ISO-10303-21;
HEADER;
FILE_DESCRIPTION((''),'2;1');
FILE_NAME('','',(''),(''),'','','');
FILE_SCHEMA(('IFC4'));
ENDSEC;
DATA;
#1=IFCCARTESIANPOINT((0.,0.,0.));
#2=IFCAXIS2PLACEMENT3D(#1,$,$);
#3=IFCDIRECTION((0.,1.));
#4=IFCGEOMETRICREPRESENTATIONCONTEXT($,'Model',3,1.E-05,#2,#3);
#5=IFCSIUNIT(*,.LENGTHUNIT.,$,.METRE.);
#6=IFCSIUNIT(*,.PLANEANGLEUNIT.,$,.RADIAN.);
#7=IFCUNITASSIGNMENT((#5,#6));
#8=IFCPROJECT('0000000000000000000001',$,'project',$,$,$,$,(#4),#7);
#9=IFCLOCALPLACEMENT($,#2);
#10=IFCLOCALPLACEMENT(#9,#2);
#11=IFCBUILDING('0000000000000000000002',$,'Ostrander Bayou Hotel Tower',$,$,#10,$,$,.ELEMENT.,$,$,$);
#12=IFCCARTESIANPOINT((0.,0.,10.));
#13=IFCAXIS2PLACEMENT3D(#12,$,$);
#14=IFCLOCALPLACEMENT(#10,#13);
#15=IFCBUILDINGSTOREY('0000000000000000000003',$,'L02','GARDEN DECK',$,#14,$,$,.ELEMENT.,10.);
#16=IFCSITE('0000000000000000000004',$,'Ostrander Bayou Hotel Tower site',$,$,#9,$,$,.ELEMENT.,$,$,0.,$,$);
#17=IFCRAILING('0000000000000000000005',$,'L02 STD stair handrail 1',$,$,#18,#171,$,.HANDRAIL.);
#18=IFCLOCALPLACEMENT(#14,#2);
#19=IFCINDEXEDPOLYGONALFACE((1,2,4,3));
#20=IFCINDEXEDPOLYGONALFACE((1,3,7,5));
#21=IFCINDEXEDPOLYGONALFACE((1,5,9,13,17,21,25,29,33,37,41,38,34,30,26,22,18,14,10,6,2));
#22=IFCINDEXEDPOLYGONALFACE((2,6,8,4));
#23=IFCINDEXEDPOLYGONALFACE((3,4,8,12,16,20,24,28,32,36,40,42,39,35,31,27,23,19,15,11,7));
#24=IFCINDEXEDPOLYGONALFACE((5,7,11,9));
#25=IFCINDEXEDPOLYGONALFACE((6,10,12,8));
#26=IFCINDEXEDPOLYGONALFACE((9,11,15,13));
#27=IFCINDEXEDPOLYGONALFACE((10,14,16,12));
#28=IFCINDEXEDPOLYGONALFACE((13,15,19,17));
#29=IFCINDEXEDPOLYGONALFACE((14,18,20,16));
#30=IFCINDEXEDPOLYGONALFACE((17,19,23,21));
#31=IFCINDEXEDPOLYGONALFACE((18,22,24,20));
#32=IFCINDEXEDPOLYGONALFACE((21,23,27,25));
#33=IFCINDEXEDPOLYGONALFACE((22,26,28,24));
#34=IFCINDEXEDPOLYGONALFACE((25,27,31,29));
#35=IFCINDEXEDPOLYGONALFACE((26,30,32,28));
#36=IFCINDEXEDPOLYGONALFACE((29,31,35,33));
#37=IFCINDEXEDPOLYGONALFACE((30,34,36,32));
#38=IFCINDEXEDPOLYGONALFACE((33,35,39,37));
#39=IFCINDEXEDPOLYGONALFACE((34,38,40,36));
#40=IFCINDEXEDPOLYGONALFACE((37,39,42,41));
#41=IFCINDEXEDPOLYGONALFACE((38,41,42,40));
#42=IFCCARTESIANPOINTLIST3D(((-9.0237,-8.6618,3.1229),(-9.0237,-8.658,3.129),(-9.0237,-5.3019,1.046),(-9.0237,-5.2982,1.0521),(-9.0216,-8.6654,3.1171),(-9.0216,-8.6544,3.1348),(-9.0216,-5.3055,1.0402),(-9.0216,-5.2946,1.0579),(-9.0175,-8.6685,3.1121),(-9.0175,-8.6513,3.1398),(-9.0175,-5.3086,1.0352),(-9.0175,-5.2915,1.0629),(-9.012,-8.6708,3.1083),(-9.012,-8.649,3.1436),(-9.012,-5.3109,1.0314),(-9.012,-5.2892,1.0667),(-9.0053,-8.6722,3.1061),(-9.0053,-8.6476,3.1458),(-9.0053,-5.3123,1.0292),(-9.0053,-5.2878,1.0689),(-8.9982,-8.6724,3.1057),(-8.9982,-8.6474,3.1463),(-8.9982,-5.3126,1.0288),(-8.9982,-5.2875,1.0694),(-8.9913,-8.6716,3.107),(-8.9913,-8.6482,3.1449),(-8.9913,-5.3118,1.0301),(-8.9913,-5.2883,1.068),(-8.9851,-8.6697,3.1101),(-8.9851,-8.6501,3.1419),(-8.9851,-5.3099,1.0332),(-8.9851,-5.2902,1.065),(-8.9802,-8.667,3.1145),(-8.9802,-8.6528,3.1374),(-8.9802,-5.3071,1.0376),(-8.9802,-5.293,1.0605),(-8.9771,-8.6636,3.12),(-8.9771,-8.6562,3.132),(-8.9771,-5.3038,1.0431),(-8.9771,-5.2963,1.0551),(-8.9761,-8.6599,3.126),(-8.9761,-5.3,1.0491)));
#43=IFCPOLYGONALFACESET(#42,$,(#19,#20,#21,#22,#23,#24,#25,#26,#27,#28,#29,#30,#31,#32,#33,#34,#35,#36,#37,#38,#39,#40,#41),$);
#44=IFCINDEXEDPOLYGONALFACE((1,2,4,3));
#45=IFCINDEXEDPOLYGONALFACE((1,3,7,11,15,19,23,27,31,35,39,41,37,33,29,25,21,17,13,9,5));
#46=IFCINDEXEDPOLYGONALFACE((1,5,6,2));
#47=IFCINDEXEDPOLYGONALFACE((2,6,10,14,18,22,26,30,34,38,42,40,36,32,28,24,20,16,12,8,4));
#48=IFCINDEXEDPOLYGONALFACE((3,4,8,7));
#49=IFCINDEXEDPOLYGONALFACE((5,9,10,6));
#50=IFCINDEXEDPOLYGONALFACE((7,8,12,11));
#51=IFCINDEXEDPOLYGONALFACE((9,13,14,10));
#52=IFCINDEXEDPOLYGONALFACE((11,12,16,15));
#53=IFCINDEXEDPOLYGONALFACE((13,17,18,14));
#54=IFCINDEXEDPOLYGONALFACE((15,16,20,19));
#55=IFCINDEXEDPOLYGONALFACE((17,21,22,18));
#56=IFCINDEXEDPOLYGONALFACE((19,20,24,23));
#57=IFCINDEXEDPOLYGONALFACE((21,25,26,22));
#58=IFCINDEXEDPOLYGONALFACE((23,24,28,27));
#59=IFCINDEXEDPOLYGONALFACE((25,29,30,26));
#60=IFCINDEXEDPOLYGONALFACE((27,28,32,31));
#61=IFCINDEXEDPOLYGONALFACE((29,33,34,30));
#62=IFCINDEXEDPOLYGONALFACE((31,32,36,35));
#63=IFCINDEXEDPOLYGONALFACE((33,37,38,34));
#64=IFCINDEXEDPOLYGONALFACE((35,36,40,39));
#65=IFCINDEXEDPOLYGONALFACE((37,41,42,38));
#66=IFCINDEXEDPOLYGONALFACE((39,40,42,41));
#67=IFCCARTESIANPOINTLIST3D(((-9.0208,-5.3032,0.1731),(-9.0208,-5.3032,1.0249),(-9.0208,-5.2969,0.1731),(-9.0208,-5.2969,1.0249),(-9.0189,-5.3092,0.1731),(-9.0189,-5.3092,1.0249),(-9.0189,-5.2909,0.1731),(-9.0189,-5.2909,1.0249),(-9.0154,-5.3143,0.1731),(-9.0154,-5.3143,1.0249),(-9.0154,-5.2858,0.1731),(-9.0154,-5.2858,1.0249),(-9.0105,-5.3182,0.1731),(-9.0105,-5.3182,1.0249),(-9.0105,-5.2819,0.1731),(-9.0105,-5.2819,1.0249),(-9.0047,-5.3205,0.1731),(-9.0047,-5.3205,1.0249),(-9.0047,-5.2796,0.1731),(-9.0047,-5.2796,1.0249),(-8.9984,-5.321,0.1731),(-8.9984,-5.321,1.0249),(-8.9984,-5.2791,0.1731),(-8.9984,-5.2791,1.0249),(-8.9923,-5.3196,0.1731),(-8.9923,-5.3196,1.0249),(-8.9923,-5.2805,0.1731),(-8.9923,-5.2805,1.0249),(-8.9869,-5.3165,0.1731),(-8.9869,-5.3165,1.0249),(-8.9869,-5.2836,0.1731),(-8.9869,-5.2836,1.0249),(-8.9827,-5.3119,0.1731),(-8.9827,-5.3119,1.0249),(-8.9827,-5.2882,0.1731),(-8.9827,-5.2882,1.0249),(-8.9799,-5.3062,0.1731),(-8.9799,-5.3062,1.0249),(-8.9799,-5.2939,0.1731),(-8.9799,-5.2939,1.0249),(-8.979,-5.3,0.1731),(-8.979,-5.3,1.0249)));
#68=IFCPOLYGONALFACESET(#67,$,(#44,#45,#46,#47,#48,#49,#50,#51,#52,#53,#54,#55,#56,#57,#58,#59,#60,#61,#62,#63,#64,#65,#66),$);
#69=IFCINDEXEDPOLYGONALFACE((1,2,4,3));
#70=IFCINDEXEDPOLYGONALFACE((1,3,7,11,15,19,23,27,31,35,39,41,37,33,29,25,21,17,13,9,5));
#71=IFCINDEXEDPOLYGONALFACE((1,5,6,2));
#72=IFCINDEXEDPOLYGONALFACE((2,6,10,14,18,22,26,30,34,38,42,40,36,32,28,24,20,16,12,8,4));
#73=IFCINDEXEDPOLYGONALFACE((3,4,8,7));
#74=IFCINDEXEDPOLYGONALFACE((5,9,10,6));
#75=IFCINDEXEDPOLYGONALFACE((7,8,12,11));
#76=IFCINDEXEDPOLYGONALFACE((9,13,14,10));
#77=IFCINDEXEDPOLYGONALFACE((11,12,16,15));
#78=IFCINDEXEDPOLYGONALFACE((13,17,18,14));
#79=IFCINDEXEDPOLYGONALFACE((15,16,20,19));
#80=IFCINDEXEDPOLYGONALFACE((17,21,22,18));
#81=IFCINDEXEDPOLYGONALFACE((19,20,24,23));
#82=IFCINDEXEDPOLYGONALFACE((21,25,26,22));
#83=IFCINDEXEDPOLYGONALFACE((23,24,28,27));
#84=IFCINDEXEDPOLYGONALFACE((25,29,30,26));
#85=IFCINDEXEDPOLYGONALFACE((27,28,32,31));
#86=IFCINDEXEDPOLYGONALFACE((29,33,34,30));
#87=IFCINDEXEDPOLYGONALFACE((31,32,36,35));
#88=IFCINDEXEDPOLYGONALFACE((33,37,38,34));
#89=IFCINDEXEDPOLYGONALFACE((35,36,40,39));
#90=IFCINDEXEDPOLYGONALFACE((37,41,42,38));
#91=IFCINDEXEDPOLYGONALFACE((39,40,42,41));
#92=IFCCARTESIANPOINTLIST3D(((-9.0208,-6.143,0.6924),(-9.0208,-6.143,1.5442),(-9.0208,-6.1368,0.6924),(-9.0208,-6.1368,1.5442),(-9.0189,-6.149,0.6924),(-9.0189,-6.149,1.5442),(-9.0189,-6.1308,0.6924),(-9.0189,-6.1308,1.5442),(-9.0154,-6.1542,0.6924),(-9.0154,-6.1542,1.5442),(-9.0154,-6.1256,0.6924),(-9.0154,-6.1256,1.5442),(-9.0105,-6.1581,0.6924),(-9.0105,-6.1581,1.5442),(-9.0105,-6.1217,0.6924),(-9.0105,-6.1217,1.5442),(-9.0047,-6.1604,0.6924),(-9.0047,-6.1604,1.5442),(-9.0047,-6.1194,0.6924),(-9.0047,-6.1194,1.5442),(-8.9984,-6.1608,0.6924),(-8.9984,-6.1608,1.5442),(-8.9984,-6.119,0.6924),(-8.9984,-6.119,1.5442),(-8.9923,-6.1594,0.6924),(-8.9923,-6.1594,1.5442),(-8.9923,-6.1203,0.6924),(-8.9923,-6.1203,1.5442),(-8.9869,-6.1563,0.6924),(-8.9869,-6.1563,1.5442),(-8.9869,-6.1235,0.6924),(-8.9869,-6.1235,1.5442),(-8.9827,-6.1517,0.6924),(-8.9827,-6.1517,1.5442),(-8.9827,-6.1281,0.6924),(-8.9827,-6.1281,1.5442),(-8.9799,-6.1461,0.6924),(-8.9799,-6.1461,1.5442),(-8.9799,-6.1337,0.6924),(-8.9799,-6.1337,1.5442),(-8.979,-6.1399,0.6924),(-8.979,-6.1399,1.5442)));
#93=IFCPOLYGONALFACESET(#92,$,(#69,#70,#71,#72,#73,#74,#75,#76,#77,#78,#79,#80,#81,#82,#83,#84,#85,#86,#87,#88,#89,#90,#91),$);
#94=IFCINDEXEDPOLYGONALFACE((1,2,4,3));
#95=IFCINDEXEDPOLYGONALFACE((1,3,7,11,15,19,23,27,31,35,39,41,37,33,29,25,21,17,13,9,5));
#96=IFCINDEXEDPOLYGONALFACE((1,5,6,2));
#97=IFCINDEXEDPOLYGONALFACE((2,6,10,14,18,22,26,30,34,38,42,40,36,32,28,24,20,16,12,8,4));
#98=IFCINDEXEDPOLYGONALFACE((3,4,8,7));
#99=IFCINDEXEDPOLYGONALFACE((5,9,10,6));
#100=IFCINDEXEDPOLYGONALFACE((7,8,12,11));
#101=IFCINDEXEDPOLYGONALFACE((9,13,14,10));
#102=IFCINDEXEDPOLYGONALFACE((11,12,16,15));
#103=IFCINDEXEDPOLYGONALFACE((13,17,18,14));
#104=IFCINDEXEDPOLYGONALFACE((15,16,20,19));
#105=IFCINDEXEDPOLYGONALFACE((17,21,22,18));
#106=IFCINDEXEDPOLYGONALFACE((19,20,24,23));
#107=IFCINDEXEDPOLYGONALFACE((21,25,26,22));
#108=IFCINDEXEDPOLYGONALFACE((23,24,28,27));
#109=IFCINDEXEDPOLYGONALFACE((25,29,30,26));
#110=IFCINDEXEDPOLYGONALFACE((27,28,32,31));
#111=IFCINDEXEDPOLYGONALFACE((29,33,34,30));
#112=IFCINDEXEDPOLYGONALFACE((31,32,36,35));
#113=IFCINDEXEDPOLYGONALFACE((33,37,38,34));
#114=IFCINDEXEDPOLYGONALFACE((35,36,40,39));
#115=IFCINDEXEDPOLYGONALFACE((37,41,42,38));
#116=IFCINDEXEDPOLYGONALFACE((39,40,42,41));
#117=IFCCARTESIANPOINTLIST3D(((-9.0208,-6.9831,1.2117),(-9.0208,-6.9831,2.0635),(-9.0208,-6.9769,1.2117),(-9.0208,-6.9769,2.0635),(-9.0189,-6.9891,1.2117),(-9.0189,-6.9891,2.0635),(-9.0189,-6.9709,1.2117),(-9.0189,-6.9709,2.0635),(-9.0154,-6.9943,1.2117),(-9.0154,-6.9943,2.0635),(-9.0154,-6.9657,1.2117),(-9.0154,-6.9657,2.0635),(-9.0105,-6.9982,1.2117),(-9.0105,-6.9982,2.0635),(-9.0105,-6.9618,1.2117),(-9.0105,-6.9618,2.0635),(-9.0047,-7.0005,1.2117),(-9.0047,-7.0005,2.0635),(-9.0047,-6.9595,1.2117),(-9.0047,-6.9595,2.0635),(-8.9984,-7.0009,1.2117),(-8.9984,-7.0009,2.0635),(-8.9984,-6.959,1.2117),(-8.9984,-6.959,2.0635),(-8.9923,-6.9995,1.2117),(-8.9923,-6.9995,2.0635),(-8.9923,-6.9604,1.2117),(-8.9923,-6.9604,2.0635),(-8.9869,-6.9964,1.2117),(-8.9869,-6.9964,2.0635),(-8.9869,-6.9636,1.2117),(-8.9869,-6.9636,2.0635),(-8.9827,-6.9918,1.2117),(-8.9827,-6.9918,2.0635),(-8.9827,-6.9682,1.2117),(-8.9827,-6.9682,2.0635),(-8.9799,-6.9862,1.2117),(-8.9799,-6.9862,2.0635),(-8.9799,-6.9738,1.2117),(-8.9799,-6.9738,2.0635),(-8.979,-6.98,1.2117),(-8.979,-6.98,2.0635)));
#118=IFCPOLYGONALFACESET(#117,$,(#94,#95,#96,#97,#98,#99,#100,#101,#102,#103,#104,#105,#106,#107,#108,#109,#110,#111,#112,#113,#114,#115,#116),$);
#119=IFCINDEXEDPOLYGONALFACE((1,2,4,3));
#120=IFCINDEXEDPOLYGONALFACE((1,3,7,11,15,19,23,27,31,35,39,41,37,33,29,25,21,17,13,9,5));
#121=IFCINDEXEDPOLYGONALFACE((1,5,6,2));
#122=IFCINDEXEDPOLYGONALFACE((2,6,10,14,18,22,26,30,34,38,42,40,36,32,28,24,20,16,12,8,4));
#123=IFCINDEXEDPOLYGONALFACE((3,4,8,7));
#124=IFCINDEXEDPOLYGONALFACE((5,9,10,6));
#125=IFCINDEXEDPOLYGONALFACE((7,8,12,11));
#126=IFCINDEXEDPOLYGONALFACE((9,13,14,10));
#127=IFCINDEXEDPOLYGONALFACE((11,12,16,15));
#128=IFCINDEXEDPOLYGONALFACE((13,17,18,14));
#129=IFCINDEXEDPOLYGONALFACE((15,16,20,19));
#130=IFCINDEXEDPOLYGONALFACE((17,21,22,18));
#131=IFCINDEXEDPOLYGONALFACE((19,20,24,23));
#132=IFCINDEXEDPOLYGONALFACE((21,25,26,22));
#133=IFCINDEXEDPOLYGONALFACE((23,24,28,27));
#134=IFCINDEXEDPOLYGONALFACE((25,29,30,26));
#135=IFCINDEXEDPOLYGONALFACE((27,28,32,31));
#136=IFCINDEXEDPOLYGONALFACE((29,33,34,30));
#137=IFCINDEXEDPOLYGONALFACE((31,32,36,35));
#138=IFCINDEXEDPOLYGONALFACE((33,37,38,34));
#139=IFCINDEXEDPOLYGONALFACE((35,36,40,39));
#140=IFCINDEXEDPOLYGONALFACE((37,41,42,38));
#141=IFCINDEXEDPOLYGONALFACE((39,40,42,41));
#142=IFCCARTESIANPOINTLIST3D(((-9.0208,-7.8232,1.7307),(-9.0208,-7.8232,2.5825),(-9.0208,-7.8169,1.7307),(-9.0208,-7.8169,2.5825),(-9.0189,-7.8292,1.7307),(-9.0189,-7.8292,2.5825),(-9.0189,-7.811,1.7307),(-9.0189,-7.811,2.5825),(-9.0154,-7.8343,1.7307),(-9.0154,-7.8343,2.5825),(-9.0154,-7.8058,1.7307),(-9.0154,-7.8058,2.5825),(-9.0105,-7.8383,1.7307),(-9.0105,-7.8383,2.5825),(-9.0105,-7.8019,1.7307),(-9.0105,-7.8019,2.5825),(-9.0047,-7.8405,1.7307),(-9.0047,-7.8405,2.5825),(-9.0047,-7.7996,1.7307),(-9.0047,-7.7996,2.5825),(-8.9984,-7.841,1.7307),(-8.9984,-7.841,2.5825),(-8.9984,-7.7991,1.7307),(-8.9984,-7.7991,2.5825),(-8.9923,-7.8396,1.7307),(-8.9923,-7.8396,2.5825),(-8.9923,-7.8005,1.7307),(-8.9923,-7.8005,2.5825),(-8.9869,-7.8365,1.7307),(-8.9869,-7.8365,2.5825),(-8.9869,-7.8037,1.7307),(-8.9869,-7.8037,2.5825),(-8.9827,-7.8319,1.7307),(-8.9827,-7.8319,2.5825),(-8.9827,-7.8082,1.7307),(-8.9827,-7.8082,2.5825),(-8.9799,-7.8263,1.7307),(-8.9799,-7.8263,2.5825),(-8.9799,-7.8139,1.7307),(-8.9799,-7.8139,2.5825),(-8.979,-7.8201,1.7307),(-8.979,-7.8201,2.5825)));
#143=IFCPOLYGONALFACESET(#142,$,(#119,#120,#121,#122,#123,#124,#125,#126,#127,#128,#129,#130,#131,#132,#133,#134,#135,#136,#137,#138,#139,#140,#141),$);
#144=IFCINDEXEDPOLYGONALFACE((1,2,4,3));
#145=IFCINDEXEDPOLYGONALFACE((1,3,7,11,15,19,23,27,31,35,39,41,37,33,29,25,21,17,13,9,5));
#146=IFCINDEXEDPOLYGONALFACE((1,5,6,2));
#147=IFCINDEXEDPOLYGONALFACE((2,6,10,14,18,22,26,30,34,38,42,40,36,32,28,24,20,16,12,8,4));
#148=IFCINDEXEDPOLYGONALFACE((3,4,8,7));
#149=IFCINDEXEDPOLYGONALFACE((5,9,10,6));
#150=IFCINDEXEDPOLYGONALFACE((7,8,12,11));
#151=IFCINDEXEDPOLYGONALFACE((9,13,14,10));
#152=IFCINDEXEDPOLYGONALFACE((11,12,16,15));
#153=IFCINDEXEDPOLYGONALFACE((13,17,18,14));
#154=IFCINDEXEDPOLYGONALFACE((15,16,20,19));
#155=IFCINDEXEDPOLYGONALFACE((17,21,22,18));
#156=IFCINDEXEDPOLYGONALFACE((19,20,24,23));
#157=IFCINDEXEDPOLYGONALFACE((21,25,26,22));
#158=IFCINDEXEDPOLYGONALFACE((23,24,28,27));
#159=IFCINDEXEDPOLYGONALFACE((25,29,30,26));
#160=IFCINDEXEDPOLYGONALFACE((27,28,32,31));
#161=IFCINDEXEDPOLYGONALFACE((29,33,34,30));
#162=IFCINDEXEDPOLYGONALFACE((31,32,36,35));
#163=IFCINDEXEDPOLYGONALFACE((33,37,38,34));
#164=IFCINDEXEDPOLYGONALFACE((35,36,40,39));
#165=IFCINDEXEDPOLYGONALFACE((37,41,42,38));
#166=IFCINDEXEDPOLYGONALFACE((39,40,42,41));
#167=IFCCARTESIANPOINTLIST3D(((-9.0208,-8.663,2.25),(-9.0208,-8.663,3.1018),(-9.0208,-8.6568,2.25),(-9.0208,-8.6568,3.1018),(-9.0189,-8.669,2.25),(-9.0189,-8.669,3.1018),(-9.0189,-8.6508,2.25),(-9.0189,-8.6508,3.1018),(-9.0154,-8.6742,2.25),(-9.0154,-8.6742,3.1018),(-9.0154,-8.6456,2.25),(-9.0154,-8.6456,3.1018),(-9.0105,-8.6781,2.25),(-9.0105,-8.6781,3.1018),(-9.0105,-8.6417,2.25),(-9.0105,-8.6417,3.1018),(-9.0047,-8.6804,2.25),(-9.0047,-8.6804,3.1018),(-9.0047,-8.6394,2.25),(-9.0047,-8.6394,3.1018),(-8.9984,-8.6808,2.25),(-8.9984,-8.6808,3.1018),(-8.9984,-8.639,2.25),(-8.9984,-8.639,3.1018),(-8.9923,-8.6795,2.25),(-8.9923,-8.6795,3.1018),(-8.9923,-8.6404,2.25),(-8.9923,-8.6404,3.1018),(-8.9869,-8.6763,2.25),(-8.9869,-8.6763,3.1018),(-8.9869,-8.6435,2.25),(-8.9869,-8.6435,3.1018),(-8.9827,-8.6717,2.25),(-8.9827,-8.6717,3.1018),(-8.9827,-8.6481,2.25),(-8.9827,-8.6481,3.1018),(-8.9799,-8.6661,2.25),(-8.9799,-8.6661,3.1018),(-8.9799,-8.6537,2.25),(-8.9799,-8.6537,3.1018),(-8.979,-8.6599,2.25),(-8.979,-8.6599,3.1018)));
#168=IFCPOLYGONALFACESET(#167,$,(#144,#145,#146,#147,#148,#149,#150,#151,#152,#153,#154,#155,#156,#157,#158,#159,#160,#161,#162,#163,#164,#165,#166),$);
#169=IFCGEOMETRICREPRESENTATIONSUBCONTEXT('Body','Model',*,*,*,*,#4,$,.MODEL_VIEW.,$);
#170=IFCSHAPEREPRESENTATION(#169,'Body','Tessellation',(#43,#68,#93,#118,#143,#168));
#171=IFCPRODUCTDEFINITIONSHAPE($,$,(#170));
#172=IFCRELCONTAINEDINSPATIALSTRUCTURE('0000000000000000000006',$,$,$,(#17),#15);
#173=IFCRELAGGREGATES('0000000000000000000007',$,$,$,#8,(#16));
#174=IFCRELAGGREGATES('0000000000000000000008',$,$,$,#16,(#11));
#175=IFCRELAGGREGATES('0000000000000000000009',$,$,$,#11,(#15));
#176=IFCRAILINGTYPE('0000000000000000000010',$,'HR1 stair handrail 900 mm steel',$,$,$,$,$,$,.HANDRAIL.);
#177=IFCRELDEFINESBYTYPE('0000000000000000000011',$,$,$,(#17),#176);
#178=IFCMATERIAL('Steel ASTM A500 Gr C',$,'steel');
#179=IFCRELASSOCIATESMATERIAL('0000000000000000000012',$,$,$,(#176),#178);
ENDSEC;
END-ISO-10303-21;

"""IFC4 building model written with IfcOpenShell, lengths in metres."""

from ifc_helpers import new_model, si_unit, direction, frame, origin, origin_2d, place, context, subcontext, project, spatial, circle, extrude, material, type_object, element, save


model = new_model("IFC4")

# Units and contexts
model_context = context("Model", 3, precision=1e-05, world=origin(), true_north=direction((0.0, 1.0)))
body_context = subcontext(model_context, "Body", "Model", "MODEL_VIEW")
ifc_project = project(units=[si_unit("LENGTHUNIT", "METRE"), si_unit("PLANEANGLEUNIT", "RADIAN")], contexts=[model_context])

# Site, building, storey
site_placement = place(None, origin())
site = spatial("IfcSite", under=ifc_project, at=site_placement, Name="Ostrander Bayou Hotel Tower site", CompositionType="ELEMENT", RefElevation=0.0)
building_placement = place(site_placement, origin())
building = spatial("IfcBuilding", under=site, at=building_placement, Name="Ostrander Bayou Hotel Tower", CompositionType="ELEMENT")
storey_placement = place(building_placement, frame((0.0, 0.0, 10.0)))
storey = spatial("IfcBuildingStorey", under=building, at=storey_placement, Name="L02", Description="GARDEN DECK", CompositionType="ELEMENT", Elevation=10.0)

# Railing
ifc_material_1 = material(Name="Steel ASTM A500 Gr C", Category="steel")
railing_type_1 = type_object("IfcRailingType", Name="HR1 stair handrail 900 mm steel", PredefinedType="HANDRAIL", material=ifc_material_1)
railing_1_placement = place(storey_placement, frame((-9.0, -5.3, 0.1731)))
element("IfcRailing", 1, at=railing_1_placement, inside=storey, type_object=railing_type_1, Name="L02 STD stair handrail 1", PredefinedType="HANDRAIL", context=body_context, shape_type="SweptSolid", body=[
    extrude(circle(Radius=0.0239, at=origin_2d()), frame((0.0, 0.0, 0.876), z_axis=(0.0, -0.850606, 0.525803), x_axis=(1.0, 0.0, 0.0)), (0.0, 0.0, 1.0), 3.95),
    extrude(circle(Radius=0.021, at=origin_2d()), origin(), (0.0, 0.0, 1.0), 0.8518),
    extrude(circle(Radius=0.021, at=origin_2d()), frame((0.0, -0.8398, 0.5193)), (0.0, 0.0, 1.0), 0.8518),
    extrude(circle(Radius=0.021, at=origin_2d()), frame((0.0, -1.6799, 1.0386)), (0.0, 0.0, 1.0), 0.8518),
    extrude(circle(Radius=0.021, at=origin_2d()), frame((0.0, -2.52, 1.5576)), (0.0, 0.0, 1.0), 0.8518),
    extrude(circle(Radius=0.021, at=origin_2d()), frame((0.0, -3.3599, 2.0769)), (0.0, 0.0, 1.0), 0.8518),
])

save(model, "model.ifc")
